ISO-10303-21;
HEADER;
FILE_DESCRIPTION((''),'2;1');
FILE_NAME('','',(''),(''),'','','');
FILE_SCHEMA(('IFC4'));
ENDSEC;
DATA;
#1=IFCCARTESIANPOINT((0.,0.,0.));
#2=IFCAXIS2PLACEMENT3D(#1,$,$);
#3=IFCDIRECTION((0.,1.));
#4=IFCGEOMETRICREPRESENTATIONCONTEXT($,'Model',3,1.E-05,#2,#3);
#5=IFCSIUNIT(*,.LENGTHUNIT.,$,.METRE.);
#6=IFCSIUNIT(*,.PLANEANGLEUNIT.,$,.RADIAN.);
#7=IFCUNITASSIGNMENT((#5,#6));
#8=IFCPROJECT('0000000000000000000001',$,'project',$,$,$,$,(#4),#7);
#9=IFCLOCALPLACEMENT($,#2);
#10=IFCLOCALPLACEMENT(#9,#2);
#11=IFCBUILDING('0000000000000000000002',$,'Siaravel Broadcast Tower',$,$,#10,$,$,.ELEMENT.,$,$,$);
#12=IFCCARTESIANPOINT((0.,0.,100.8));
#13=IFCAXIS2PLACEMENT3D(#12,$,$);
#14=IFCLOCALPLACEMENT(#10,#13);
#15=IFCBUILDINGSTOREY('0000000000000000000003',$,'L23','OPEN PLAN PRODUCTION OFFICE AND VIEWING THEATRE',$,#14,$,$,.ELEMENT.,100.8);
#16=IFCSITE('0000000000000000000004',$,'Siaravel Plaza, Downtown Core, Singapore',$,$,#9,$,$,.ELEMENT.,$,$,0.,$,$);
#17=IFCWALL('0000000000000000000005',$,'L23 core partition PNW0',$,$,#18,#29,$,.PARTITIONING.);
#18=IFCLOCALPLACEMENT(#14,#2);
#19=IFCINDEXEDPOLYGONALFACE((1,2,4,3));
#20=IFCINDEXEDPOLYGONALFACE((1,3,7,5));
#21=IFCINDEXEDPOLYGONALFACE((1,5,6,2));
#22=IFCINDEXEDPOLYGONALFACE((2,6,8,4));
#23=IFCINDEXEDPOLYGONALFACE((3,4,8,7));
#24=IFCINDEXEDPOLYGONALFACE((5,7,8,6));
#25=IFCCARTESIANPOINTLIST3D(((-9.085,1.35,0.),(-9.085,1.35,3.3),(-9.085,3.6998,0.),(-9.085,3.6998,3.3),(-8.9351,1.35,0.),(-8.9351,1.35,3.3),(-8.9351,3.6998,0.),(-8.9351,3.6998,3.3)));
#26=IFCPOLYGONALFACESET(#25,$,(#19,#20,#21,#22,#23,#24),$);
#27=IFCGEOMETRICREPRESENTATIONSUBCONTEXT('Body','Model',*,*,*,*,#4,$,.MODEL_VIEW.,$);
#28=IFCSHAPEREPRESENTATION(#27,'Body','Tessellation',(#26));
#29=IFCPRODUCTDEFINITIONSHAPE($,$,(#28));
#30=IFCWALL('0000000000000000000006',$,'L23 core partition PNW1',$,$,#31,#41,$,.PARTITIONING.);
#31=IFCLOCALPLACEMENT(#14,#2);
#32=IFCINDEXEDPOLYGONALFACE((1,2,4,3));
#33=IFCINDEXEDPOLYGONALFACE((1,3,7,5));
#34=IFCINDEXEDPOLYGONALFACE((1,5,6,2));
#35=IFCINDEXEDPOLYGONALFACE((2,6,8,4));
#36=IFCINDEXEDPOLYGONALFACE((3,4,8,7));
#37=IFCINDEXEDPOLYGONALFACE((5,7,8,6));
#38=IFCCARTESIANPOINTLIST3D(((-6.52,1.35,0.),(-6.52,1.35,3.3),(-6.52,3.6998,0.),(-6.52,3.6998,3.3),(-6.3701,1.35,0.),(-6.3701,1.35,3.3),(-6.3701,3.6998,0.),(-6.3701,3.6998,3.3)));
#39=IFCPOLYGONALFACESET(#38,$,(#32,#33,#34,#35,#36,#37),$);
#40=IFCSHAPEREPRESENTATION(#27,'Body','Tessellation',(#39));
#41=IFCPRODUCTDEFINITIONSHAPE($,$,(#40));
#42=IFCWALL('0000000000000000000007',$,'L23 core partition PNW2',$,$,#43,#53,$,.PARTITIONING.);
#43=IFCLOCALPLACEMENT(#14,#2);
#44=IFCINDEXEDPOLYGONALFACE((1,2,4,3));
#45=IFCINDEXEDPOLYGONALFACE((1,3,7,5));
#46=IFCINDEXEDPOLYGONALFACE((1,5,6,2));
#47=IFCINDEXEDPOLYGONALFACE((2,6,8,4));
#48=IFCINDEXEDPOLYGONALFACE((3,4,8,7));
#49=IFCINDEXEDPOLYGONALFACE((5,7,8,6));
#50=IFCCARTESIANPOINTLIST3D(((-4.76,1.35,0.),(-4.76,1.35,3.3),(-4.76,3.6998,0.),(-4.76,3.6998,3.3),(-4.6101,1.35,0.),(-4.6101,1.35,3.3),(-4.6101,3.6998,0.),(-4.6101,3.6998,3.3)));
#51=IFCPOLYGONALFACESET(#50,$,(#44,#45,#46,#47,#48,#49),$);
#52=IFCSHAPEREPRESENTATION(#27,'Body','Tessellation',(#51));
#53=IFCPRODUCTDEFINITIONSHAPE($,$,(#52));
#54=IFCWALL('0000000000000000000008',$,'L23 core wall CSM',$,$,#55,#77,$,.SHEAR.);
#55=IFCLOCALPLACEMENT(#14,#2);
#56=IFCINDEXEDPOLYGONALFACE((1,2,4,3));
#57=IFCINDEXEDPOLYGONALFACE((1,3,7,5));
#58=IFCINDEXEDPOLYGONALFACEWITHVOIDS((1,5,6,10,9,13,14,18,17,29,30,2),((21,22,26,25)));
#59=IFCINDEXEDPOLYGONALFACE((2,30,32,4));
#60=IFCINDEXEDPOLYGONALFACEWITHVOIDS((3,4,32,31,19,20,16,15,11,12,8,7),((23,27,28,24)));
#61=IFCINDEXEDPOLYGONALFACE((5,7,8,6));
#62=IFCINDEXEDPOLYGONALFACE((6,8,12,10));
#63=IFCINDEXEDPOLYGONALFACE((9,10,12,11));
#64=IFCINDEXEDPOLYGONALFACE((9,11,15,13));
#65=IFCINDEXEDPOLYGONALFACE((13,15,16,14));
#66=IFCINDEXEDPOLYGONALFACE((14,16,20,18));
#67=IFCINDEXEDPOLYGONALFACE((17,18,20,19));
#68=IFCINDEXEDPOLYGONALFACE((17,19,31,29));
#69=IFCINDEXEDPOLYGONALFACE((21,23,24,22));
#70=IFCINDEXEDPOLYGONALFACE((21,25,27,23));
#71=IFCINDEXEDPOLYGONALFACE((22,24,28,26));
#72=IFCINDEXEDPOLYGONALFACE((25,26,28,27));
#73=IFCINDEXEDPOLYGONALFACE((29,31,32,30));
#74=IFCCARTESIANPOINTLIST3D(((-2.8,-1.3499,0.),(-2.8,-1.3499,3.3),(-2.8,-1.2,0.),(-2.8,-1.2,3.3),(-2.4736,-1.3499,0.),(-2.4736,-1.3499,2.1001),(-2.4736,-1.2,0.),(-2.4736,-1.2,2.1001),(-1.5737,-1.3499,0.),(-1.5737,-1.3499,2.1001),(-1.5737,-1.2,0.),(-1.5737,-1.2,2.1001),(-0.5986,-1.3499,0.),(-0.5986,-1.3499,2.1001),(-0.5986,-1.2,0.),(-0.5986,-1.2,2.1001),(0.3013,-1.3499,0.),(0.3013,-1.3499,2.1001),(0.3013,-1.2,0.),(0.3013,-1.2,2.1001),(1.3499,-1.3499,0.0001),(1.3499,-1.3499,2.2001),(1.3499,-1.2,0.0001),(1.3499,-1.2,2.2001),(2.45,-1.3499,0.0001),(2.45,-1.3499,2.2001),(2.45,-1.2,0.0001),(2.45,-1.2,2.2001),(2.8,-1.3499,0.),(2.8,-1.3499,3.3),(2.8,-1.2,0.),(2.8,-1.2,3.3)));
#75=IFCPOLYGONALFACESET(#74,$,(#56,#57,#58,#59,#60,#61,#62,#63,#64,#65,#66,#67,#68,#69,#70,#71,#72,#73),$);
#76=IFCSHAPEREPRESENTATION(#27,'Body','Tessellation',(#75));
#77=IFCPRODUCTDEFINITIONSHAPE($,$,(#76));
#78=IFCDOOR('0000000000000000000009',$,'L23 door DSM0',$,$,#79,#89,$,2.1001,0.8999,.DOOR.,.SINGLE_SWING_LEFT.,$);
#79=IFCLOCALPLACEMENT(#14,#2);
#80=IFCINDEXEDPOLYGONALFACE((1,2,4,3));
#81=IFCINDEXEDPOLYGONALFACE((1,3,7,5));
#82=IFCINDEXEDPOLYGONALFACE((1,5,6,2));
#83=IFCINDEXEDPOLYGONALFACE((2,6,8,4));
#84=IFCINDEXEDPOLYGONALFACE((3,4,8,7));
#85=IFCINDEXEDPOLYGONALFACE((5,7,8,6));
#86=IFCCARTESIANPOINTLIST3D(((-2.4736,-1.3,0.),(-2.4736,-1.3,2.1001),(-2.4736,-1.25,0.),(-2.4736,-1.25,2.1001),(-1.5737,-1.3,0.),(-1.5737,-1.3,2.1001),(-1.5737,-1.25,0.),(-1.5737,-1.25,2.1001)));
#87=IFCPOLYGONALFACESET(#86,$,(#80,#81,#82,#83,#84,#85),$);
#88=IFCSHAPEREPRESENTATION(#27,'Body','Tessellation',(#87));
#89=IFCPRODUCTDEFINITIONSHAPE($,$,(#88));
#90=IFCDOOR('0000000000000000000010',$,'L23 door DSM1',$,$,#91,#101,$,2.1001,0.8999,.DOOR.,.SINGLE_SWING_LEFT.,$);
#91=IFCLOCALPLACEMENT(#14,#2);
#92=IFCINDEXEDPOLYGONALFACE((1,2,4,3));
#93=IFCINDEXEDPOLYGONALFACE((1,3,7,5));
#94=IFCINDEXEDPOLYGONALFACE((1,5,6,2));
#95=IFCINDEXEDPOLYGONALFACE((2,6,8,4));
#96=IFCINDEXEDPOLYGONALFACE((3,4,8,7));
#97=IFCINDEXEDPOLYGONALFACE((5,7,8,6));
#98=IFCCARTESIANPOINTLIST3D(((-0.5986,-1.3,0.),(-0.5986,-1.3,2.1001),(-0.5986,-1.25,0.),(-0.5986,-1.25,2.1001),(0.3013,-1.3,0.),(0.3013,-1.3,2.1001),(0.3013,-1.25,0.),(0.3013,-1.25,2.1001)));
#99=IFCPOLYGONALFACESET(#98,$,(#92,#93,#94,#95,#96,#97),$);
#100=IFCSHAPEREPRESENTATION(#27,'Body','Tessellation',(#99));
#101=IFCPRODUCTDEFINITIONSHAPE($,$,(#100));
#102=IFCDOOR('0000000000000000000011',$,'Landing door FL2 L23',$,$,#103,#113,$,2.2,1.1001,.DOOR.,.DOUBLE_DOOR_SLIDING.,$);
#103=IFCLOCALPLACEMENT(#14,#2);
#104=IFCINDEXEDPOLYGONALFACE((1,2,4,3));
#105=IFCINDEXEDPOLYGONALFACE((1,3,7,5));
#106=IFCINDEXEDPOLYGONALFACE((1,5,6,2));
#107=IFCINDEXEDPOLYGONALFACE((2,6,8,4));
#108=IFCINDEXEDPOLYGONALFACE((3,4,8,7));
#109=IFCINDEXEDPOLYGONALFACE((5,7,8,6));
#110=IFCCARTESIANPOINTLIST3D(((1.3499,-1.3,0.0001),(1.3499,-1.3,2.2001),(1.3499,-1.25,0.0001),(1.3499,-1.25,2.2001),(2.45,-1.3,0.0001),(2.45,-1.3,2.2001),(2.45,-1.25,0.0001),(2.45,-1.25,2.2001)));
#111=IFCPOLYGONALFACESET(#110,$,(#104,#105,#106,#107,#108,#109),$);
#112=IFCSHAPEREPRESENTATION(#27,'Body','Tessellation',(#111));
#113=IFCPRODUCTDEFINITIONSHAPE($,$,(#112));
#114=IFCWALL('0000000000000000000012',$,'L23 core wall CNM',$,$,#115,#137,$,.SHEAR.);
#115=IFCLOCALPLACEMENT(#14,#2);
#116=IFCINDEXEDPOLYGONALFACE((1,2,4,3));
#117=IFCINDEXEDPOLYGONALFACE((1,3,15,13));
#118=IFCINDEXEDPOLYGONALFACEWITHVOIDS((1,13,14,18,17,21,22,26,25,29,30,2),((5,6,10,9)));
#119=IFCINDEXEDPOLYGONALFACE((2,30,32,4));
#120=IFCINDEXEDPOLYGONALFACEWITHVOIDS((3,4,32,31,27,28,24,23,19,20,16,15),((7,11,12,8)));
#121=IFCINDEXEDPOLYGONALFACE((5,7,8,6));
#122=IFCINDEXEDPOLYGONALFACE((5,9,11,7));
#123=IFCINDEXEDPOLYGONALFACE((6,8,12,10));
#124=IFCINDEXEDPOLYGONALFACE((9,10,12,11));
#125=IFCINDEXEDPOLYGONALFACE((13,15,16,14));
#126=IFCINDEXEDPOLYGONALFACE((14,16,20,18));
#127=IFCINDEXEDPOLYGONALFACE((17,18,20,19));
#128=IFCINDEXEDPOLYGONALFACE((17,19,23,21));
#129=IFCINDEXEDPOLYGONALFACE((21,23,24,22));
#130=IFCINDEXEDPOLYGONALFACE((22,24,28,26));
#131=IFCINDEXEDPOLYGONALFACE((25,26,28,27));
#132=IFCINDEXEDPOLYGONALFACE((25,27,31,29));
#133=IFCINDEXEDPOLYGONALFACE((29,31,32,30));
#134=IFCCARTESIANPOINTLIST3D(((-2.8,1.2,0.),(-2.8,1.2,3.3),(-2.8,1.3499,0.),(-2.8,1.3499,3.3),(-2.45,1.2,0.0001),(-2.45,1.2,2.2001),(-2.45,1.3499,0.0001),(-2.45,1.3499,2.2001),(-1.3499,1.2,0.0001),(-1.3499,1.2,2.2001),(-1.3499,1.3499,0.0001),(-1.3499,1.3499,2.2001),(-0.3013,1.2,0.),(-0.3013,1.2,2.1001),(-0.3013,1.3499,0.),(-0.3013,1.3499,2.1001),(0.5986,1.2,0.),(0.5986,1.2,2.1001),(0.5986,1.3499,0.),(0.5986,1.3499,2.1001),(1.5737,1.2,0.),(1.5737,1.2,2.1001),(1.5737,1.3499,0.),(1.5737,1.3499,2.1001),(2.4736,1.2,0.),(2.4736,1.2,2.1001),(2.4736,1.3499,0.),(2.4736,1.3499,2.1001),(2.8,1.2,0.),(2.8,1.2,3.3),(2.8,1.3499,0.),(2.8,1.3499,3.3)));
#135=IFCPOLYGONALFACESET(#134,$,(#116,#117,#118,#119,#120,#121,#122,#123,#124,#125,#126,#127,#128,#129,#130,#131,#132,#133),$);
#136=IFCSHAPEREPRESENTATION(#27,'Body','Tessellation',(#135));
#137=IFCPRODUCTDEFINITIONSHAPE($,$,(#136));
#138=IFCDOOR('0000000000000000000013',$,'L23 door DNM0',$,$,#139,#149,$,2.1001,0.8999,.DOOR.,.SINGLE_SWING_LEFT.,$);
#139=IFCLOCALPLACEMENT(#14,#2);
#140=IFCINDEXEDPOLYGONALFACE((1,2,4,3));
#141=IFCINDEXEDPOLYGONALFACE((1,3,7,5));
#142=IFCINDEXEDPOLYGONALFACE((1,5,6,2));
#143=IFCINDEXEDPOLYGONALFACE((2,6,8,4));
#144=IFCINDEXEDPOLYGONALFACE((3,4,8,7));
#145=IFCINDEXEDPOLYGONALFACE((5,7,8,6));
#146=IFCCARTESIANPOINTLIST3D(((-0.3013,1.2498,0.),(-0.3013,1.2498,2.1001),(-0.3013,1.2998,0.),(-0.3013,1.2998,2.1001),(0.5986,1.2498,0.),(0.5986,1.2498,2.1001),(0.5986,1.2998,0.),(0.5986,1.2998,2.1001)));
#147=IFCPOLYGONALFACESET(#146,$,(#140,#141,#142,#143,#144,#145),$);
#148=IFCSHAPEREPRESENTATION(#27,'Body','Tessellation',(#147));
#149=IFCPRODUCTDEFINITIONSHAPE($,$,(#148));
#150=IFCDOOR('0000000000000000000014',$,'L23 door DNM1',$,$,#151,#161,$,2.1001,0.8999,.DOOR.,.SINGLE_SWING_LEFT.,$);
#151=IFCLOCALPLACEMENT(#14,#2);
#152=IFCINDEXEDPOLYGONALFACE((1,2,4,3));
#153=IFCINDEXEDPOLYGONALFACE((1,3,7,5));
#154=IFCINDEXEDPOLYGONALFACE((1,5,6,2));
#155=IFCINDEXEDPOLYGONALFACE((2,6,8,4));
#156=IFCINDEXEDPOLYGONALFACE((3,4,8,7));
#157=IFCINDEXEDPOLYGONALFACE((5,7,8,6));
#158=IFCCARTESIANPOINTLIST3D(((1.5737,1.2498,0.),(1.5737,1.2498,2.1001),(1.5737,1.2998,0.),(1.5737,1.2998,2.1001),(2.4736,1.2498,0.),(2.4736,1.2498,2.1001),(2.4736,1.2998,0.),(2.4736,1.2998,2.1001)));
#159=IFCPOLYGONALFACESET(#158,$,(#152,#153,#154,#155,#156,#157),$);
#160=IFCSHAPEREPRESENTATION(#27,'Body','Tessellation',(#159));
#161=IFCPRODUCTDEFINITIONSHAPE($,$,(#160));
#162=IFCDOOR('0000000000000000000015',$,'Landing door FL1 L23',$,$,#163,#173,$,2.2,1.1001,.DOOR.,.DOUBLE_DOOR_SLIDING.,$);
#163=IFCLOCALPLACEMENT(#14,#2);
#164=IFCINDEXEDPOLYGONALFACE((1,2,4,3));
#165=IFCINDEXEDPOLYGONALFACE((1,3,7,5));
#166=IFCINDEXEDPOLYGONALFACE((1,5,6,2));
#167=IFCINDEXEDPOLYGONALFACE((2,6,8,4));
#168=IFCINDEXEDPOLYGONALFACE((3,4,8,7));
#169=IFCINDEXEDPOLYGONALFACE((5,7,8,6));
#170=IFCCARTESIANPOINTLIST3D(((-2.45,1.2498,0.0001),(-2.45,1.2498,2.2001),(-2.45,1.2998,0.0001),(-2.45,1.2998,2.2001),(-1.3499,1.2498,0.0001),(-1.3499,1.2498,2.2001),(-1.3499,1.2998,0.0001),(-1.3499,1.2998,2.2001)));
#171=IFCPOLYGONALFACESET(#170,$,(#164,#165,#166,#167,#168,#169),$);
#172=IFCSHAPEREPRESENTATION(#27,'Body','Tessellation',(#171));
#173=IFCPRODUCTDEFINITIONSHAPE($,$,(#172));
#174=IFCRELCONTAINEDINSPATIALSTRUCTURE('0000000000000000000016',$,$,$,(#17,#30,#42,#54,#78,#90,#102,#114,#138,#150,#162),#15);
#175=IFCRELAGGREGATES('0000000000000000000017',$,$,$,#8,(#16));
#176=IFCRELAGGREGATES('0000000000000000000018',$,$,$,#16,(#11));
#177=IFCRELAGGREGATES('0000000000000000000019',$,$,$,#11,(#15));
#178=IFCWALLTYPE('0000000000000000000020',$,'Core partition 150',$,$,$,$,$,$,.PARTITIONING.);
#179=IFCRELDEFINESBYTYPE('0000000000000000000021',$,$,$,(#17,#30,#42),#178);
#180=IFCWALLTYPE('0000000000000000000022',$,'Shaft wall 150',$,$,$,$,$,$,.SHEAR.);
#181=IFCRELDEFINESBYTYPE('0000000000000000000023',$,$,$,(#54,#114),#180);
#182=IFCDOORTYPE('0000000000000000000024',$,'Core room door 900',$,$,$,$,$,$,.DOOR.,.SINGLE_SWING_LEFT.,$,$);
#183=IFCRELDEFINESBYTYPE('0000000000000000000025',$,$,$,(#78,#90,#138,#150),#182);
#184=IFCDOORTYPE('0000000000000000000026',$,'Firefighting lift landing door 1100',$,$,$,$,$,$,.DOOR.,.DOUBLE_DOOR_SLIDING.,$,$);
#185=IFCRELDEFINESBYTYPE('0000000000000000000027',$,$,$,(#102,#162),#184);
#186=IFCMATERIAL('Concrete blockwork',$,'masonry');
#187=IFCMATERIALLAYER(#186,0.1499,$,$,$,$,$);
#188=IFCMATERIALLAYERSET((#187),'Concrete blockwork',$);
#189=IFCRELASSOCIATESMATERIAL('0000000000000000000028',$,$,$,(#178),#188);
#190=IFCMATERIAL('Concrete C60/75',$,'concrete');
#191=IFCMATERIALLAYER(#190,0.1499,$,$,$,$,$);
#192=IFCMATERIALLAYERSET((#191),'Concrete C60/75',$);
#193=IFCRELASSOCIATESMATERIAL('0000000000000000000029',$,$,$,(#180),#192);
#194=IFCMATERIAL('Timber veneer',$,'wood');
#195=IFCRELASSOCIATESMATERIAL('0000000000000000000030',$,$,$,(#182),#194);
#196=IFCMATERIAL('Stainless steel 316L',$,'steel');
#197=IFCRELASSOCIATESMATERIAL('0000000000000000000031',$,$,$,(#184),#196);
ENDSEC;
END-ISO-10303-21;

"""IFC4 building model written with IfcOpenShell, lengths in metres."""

from ifc_helpers import new_model, si_unit, direction, frame, frame_2d, origin, place, context, subcontext, project, spatial, rectangle, extrude, material, layer, layer_set, type_object, element, fill, save


model = new_model("IFC4")

# Units and contexts
model_context = context("Model", 3, precision=1e-05, world=origin(), true_north=direction((0.0, 1.0)))
body_context = subcontext(model_context, "Body", "Model", "MODEL_VIEW")
ifc_project = project(units=[si_unit("LENGTHUNIT", "METRE"), si_unit("PLANEANGLEUNIT", "RADIAN")], contexts=[model_context])

# Site, building, storey
site_placement = place(None, origin())
site = spatial("IfcSite", under=ifc_project, at=site_placement, Name="Siaravel Plaza, Downtown Core, Singapore", CompositionType="ELEMENT", RefElevation=0.0)
building_placement = place(site_placement, origin())
building = spatial("IfcBuilding", under=site, at=building_placement, Name="Siaravel Broadcast Tower", CompositionType="ELEMENT")
storey_placement = place(building_placement, frame((0.0, 0.0, 100.8)))
storey = spatial("IfcBuildingStorey", under=building, at=storey_placement, Name="L23", Description="OPEN PLAN PRODUCTION OFFICE AND VIEWING THEATRE", CompositionType="ELEMENT", Elevation=100.8)

# Walls
ifc_material_1 = material(Name="Concrete blockwork", Category="masonry")
ifc_layer_1 = layer(ifc_material_1, 0.1499)
ifc_layer_set_1 = layer_set([ifc_layer_1], Name="Concrete blockwork")
wall_type_1 = type_object("IfcWallType", Name="Core partition 150", PredefinedType="PARTITIONING", material=ifc_layer_set_1)
for number, where, z_axis, x_axis, name in (
    (1, (-9.01, 1.3501, 0.0), (0.0, 0.0, 1.0), (0.0, 1.0, 0.0), "L23 core partition PNW0"),
    (2, (-6.4451, 1.3501, 0.0), (0.0, 0.0, 1.0), (0.0, 1.0, 0.0), "L23 core partition PNW1"),
    (3, (-4.6851, 1.3501, 0.0), (0.0, 0.0, 1.0), (0.0, 1.0, 0.0), "L23 core partition PNW2"),
):
    element("IfcWall", number, at=place(storey_placement, frame(where, z_axis=z_axis, x_axis=x_axis)), inside=storey, type_object=wall_type_1, Name=name, PredefinedType="PARTITIONING", context=body_context, shape_type="SweptSolid", body=[
        extrude(rectangle(XDim=2.3499, YDim=0.1499, at=frame_2d((1.1748, 0.0))), origin(), (0.0, 0.0, 1.0), 3.3),
    ])

# Walls, openings, doors
ifc_material_2 = material(Name="Concrete C60/75", Category="concrete")
ifc_layer_2 = layer(ifc_material_2, 0.1499)
ifc_layer_set_2 = layer_set([ifc_layer_2], Name="Concrete C60/75")
wall_type_2 = type_object("IfcWallType", Name="Shaft wall 150", PredefinedType="SHEAR", material=ifc_layer_set_2)
wall_1_placement = place(storey_placement, frame((-2.8, -1.2749, 0.0), z_axis=(0.0, 0.0, 1.0), x_axis=(1.0, 0.0, 0.0)))
wall_1 = element("IfcWall", 4, at=wall_1_placement, inside=storey, type_object=wall_type_2, Name="L23 core wall CSM", PredefinedType="SHEAR", context=body_context, shape_type="SweptSolid", body=[
    extrude(rectangle(XDim=5.6001, YDim=0.1499, at=frame_2d((2.8, 0.0))), origin(), (0.0, 0.0, 1.0), 3.3),
])
opening_1_placement = place(wall_1_placement, frame((4.1499, 0.0, 0.0)))
opening_1 = element("IfcOpeningElement", 5, at=opening_1_placement, cuts=wall_1, PredefinedType="OPENING", context=body_context, shape_type="SweptSolid", body=[
    extrude(rectangle(XDim=1.1001, YDim=2.2, at=frame_2d((0.55, 1.1001))), frame((0.0, 0.085, 0.0), z_axis=(0.0, -1.0, 0.0), x_axis=(1.0, 0.0, 0.0)), (0.0, 0.0, 1.0), 0.1699),
])
opening_2_placement = place(wall_1_placement, frame((0.3264, 0.0, 0.0)))
opening_2 = element("IfcOpeningElement", 6, at=opening_2_placement, cuts=wall_1, PredefinedType="OPENING", context=body_context, shape_type="SweptSolid", body=[
    extrude(rectangle(XDim=0.8999, YDim=2.1001, at=frame_2d((0.45, 1.05))), frame((0.0, 0.085, 0.0), z_axis=(0.0, -1.0, 0.0), x_axis=(1.0, 0.0, 0.0)), (0.0, 0.0, 1.0), 0.1699),
])
opening_3_placement = place(wall_1_placement, frame((2.2014, 0.0, 0.0)))
opening_3 = element("IfcOpeningElement", 7, at=opening_3_placement, cuts=wall_1, PredefinedType="OPENING", context=body_context, shape_type="SweptSolid", body=[
    extrude(rectangle(XDim=0.8999, YDim=2.1001, at=frame_2d((0.45, 1.05))), frame((0.0, 0.085, 0.0), z_axis=(0.0, -1.0, 0.0), x_axis=(1.0, 0.0, 0.0)), (0.0, 0.0, 1.0), 0.1699),
])
ifc_material_3 = material(Name="Timber veneer", Category="wood")
door_type_1 = type_object("IfcDoorType", Name="Core room door 900", OperationType="SINGLE_SWING_LEFT", PredefinedType="DOOR", material=ifc_material_3)
door_1_placement = place(opening_2_placement, origin())
door_1 = element("IfcDoor", 8, at=door_1_placement, inside=storey, type_object=door_type_1, Name="L23 door DSM0", OperationType="SINGLE_SWING_LEFT", OverallHeight=2.1001, OverallWidth=0.8999, PredefinedType="DOOR", context=body_context, shape_type="SweptSolid", body=[
    extrude(rectangle(XDim=0.8999, YDim=2.1001, at=frame_2d((0.45, 1.05))), frame((0.0, 0.0249, 0.0), z_axis=(0.0, -1.0, 0.0), x_axis=(1.0, 0.0, 0.0)), (0.0, 0.0, 1.0), 0.05),
])
fill(opening_2, door_1)
door_2_placement = place(opening_3_placement, origin())
door_2 = element("IfcDoor", 9, at=door_2_placement, inside=storey, type_object=door_type_1, Name="L23 door DSM1", OperationType="SINGLE_SWING_LEFT", OverallHeight=2.1001, OverallWidth=0.8999, PredefinedType="DOOR", context=body_context, shape_type="SweptSolid", body=[
    extrude(rectangle(XDim=0.8999, YDim=2.1001, at=frame_2d((0.45, 1.05))), frame((0.0, 0.0249, 0.0), z_axis=(0.0, -1.0, 0.0), x_axis=(1.0, 0.0, 0.0)), (0.0, 0.0, 1.0), 0.05),
])
fill(opening_3, door_2)
ifc_material_4 = material(Name="Stainless steel 316L", Category="steel")
door_type_2 = type_object("IfcDoorType", Name="Firefighting lift landing door 1100", OperationType="DOUBLE_DOOR_SLIDING", PredefinedType="DOOR", material=ifc_material_4)
door_3_placement = place(opening_1_placement, origin())
door_3 = element("IfcDoor", 10, at=door_3_placement, inside=storey, type_object=door_type_2, Name="Landing door FL2 L23", OperationType="DOUBLE_DOOR_SLIDING", OverallHeight=2.2, OverallWidth=1.1001, PredefinedType="DOOR", context=body_context, shape_type="SweptSolid", body=[
    extrude(rectangle(XDim=1.1001, YDim=2.2, at=frame_2d((0.55, 1.1001))), frame((0.0, 0.0249, 0.0), z_axis=(0.0, -1.0, 0.0), x_axis=(1.0, 0.0, 0.0)), (0.0, 0.0, 1.0), 0.05),
])
fill(opening_1, door_3)
wall_2_placement = place(storey_placement, frame((-2.8, 1.2749, 0.0), z_axis=(0.0, 0.0, 1.0), x_axis=(1.0, 0.0, 0.0)))
wall_2 = element("IfcWall", 11, at=wall_2_placement, inside=storey, type_object=wall_type_2, Name="L23 core wall CNM", PredefinedType="SHEAR", context=body_context, shape_type="SweptSolid", body=[
    extrude(rectangle(XDim=5.6001, YDim=0.1499, at=frame_2d((2.8, 0.0))), origin(), (0.0, 0.0, 1.0), 3.3),
])
opening_4_placement = place(wall_2_placement, frame((0.3501, 0.0, 0.0)))
opening_4 = element("IfcOpeningElement", 12, at=opening_4_placement, cuts=wall_2, PredefinedType="OPENING", context=body_context, shape_type="SweptSolid", body=[
    extrude(rectangle(XDim=1.1001, YDim=2.2, at=frame_2d((0.55, 1.1001))), frame((0.0, 0.085, 0.0), z_axis=(0.0, -1.0, 0.0), x_axis=(1.0, 0.0, 0.0)), (0.0, 0.0, 1.0), 0.1699),
])
opening_5_placement = place(wall_2_placement, frame((2.4988, 0.0, 0.0)))
opening_5 = element("IfcOpeningElement", 13, at=opening_5_placement, cuts=wall_2, PredefinedType="OPENING", context=body_context, shape_type="SweptSolid", body=[
    extrude(rectangle(XDim=0.8999, YDim=2.1001, at=frame_2d((0.45, 1.05))), frame((0.0, 0.085, 0.0), z_axis=(0.0, -1.0, 0.0), x_axis=(1.0, 0.0, 0.0)), (0.0, 0.0, 1.0), 0.1699),
])
opening_6_placement = place(wall_2_placement, frame((4.3738, 0.0, 0.0)))
opening_6 = element("IfcOpeningElement", 14, at=opening_6_placement, cuts=wall_2, PredefinedType="OPENING", context=body_context, shape_type="SweptSolid", body=[
    extrude(rectangle(XDim=0.8999, YDim=2.1001, at=frame_2d((0.45, 1.05))), frame((0.0, 0.085, 0.0), z_axis=(0.0, -1.0, 0.0), x_axis=(1.0, 0.0, 0.0)), (0.0, 0.0, 1.0), 0.1699),
])
door_4_placement = place(opening_5_placement, origin())
door_4 = element("IfcDoor", 15, at=door_4_placement, inside=storey, type_object=door_type_1, Name="L23 door DNM0", OperationType="SINGLE_SWING_LEFT", OverallHeight=2.1001, OverallWidth=0.8999, PredefinedType="DOOR", context=body_context, shape_type="SweptSolid", body=[
    extrude(rectangle(XDim=0.8999, YDim=2.1001, at=frame_2d((0.45, 1.05))), frame((0.0, 0.0249, 0.0), z_axis=(0.0, -1.0, 0.0), x_axis=(1.0, 0.0, 0.0)), (0.0, 0.0, 1.0), 0.05),
])
fill(opening_5, door_4)
door_5_placement = place(opening_6_placement, origin())
door_5 = element("IfcDoor", 16, at=door_5_placement, inside=storey, type_object=door_type_1, Name="L23 door DNM1", OperationType="SINGLE_SWING_LEFT", OverallHeight=2.1001, OverallWidth=0.8999, PredefinedType="DOOR", context=body_context, shape_type="SweptSolid", body=[
    extrude(rectangle(XDim=0.8999, YDim=2.1001, at=frame_2d((0.45, 1.05))), frame((0.0, 0.0249, 0.0), z_axis=(0.0, -1.0, 0.0), x_axis=(1.0, 0.0, 0.0)), (0.0, 0.0, 1.0), 0.05),
])
fill(opening_6, door_5)
door_6_placement = place(opening_4_placement, origin())
door_6 = element("IfcDoor", 17, at=door_6_placement, inside=storey, type_object=door_type_2, Name="Landing door FL1 L23", OperationType="DOUBLE_DOOR_SLIDING", OverallHeight=2.2, OverallWidth=1.1001, PredefinedType="DOOR", context=body_context, shape_type="SweptSolid", body=[
    extrude(rectangle(XDim=1.1001, YDim=2.2, at=frame_2d((0.55, 1.1001))), frame((0.0, 0.0249, 0.0), z_axis=(0.0, -1.0, 0.0), x_axis=(1.0, 0.0, 0.0)), (0.0, 0.0, 1.0), 0.05),
])
fill(opening_4, door_6)

save(model, "model.ifc")
